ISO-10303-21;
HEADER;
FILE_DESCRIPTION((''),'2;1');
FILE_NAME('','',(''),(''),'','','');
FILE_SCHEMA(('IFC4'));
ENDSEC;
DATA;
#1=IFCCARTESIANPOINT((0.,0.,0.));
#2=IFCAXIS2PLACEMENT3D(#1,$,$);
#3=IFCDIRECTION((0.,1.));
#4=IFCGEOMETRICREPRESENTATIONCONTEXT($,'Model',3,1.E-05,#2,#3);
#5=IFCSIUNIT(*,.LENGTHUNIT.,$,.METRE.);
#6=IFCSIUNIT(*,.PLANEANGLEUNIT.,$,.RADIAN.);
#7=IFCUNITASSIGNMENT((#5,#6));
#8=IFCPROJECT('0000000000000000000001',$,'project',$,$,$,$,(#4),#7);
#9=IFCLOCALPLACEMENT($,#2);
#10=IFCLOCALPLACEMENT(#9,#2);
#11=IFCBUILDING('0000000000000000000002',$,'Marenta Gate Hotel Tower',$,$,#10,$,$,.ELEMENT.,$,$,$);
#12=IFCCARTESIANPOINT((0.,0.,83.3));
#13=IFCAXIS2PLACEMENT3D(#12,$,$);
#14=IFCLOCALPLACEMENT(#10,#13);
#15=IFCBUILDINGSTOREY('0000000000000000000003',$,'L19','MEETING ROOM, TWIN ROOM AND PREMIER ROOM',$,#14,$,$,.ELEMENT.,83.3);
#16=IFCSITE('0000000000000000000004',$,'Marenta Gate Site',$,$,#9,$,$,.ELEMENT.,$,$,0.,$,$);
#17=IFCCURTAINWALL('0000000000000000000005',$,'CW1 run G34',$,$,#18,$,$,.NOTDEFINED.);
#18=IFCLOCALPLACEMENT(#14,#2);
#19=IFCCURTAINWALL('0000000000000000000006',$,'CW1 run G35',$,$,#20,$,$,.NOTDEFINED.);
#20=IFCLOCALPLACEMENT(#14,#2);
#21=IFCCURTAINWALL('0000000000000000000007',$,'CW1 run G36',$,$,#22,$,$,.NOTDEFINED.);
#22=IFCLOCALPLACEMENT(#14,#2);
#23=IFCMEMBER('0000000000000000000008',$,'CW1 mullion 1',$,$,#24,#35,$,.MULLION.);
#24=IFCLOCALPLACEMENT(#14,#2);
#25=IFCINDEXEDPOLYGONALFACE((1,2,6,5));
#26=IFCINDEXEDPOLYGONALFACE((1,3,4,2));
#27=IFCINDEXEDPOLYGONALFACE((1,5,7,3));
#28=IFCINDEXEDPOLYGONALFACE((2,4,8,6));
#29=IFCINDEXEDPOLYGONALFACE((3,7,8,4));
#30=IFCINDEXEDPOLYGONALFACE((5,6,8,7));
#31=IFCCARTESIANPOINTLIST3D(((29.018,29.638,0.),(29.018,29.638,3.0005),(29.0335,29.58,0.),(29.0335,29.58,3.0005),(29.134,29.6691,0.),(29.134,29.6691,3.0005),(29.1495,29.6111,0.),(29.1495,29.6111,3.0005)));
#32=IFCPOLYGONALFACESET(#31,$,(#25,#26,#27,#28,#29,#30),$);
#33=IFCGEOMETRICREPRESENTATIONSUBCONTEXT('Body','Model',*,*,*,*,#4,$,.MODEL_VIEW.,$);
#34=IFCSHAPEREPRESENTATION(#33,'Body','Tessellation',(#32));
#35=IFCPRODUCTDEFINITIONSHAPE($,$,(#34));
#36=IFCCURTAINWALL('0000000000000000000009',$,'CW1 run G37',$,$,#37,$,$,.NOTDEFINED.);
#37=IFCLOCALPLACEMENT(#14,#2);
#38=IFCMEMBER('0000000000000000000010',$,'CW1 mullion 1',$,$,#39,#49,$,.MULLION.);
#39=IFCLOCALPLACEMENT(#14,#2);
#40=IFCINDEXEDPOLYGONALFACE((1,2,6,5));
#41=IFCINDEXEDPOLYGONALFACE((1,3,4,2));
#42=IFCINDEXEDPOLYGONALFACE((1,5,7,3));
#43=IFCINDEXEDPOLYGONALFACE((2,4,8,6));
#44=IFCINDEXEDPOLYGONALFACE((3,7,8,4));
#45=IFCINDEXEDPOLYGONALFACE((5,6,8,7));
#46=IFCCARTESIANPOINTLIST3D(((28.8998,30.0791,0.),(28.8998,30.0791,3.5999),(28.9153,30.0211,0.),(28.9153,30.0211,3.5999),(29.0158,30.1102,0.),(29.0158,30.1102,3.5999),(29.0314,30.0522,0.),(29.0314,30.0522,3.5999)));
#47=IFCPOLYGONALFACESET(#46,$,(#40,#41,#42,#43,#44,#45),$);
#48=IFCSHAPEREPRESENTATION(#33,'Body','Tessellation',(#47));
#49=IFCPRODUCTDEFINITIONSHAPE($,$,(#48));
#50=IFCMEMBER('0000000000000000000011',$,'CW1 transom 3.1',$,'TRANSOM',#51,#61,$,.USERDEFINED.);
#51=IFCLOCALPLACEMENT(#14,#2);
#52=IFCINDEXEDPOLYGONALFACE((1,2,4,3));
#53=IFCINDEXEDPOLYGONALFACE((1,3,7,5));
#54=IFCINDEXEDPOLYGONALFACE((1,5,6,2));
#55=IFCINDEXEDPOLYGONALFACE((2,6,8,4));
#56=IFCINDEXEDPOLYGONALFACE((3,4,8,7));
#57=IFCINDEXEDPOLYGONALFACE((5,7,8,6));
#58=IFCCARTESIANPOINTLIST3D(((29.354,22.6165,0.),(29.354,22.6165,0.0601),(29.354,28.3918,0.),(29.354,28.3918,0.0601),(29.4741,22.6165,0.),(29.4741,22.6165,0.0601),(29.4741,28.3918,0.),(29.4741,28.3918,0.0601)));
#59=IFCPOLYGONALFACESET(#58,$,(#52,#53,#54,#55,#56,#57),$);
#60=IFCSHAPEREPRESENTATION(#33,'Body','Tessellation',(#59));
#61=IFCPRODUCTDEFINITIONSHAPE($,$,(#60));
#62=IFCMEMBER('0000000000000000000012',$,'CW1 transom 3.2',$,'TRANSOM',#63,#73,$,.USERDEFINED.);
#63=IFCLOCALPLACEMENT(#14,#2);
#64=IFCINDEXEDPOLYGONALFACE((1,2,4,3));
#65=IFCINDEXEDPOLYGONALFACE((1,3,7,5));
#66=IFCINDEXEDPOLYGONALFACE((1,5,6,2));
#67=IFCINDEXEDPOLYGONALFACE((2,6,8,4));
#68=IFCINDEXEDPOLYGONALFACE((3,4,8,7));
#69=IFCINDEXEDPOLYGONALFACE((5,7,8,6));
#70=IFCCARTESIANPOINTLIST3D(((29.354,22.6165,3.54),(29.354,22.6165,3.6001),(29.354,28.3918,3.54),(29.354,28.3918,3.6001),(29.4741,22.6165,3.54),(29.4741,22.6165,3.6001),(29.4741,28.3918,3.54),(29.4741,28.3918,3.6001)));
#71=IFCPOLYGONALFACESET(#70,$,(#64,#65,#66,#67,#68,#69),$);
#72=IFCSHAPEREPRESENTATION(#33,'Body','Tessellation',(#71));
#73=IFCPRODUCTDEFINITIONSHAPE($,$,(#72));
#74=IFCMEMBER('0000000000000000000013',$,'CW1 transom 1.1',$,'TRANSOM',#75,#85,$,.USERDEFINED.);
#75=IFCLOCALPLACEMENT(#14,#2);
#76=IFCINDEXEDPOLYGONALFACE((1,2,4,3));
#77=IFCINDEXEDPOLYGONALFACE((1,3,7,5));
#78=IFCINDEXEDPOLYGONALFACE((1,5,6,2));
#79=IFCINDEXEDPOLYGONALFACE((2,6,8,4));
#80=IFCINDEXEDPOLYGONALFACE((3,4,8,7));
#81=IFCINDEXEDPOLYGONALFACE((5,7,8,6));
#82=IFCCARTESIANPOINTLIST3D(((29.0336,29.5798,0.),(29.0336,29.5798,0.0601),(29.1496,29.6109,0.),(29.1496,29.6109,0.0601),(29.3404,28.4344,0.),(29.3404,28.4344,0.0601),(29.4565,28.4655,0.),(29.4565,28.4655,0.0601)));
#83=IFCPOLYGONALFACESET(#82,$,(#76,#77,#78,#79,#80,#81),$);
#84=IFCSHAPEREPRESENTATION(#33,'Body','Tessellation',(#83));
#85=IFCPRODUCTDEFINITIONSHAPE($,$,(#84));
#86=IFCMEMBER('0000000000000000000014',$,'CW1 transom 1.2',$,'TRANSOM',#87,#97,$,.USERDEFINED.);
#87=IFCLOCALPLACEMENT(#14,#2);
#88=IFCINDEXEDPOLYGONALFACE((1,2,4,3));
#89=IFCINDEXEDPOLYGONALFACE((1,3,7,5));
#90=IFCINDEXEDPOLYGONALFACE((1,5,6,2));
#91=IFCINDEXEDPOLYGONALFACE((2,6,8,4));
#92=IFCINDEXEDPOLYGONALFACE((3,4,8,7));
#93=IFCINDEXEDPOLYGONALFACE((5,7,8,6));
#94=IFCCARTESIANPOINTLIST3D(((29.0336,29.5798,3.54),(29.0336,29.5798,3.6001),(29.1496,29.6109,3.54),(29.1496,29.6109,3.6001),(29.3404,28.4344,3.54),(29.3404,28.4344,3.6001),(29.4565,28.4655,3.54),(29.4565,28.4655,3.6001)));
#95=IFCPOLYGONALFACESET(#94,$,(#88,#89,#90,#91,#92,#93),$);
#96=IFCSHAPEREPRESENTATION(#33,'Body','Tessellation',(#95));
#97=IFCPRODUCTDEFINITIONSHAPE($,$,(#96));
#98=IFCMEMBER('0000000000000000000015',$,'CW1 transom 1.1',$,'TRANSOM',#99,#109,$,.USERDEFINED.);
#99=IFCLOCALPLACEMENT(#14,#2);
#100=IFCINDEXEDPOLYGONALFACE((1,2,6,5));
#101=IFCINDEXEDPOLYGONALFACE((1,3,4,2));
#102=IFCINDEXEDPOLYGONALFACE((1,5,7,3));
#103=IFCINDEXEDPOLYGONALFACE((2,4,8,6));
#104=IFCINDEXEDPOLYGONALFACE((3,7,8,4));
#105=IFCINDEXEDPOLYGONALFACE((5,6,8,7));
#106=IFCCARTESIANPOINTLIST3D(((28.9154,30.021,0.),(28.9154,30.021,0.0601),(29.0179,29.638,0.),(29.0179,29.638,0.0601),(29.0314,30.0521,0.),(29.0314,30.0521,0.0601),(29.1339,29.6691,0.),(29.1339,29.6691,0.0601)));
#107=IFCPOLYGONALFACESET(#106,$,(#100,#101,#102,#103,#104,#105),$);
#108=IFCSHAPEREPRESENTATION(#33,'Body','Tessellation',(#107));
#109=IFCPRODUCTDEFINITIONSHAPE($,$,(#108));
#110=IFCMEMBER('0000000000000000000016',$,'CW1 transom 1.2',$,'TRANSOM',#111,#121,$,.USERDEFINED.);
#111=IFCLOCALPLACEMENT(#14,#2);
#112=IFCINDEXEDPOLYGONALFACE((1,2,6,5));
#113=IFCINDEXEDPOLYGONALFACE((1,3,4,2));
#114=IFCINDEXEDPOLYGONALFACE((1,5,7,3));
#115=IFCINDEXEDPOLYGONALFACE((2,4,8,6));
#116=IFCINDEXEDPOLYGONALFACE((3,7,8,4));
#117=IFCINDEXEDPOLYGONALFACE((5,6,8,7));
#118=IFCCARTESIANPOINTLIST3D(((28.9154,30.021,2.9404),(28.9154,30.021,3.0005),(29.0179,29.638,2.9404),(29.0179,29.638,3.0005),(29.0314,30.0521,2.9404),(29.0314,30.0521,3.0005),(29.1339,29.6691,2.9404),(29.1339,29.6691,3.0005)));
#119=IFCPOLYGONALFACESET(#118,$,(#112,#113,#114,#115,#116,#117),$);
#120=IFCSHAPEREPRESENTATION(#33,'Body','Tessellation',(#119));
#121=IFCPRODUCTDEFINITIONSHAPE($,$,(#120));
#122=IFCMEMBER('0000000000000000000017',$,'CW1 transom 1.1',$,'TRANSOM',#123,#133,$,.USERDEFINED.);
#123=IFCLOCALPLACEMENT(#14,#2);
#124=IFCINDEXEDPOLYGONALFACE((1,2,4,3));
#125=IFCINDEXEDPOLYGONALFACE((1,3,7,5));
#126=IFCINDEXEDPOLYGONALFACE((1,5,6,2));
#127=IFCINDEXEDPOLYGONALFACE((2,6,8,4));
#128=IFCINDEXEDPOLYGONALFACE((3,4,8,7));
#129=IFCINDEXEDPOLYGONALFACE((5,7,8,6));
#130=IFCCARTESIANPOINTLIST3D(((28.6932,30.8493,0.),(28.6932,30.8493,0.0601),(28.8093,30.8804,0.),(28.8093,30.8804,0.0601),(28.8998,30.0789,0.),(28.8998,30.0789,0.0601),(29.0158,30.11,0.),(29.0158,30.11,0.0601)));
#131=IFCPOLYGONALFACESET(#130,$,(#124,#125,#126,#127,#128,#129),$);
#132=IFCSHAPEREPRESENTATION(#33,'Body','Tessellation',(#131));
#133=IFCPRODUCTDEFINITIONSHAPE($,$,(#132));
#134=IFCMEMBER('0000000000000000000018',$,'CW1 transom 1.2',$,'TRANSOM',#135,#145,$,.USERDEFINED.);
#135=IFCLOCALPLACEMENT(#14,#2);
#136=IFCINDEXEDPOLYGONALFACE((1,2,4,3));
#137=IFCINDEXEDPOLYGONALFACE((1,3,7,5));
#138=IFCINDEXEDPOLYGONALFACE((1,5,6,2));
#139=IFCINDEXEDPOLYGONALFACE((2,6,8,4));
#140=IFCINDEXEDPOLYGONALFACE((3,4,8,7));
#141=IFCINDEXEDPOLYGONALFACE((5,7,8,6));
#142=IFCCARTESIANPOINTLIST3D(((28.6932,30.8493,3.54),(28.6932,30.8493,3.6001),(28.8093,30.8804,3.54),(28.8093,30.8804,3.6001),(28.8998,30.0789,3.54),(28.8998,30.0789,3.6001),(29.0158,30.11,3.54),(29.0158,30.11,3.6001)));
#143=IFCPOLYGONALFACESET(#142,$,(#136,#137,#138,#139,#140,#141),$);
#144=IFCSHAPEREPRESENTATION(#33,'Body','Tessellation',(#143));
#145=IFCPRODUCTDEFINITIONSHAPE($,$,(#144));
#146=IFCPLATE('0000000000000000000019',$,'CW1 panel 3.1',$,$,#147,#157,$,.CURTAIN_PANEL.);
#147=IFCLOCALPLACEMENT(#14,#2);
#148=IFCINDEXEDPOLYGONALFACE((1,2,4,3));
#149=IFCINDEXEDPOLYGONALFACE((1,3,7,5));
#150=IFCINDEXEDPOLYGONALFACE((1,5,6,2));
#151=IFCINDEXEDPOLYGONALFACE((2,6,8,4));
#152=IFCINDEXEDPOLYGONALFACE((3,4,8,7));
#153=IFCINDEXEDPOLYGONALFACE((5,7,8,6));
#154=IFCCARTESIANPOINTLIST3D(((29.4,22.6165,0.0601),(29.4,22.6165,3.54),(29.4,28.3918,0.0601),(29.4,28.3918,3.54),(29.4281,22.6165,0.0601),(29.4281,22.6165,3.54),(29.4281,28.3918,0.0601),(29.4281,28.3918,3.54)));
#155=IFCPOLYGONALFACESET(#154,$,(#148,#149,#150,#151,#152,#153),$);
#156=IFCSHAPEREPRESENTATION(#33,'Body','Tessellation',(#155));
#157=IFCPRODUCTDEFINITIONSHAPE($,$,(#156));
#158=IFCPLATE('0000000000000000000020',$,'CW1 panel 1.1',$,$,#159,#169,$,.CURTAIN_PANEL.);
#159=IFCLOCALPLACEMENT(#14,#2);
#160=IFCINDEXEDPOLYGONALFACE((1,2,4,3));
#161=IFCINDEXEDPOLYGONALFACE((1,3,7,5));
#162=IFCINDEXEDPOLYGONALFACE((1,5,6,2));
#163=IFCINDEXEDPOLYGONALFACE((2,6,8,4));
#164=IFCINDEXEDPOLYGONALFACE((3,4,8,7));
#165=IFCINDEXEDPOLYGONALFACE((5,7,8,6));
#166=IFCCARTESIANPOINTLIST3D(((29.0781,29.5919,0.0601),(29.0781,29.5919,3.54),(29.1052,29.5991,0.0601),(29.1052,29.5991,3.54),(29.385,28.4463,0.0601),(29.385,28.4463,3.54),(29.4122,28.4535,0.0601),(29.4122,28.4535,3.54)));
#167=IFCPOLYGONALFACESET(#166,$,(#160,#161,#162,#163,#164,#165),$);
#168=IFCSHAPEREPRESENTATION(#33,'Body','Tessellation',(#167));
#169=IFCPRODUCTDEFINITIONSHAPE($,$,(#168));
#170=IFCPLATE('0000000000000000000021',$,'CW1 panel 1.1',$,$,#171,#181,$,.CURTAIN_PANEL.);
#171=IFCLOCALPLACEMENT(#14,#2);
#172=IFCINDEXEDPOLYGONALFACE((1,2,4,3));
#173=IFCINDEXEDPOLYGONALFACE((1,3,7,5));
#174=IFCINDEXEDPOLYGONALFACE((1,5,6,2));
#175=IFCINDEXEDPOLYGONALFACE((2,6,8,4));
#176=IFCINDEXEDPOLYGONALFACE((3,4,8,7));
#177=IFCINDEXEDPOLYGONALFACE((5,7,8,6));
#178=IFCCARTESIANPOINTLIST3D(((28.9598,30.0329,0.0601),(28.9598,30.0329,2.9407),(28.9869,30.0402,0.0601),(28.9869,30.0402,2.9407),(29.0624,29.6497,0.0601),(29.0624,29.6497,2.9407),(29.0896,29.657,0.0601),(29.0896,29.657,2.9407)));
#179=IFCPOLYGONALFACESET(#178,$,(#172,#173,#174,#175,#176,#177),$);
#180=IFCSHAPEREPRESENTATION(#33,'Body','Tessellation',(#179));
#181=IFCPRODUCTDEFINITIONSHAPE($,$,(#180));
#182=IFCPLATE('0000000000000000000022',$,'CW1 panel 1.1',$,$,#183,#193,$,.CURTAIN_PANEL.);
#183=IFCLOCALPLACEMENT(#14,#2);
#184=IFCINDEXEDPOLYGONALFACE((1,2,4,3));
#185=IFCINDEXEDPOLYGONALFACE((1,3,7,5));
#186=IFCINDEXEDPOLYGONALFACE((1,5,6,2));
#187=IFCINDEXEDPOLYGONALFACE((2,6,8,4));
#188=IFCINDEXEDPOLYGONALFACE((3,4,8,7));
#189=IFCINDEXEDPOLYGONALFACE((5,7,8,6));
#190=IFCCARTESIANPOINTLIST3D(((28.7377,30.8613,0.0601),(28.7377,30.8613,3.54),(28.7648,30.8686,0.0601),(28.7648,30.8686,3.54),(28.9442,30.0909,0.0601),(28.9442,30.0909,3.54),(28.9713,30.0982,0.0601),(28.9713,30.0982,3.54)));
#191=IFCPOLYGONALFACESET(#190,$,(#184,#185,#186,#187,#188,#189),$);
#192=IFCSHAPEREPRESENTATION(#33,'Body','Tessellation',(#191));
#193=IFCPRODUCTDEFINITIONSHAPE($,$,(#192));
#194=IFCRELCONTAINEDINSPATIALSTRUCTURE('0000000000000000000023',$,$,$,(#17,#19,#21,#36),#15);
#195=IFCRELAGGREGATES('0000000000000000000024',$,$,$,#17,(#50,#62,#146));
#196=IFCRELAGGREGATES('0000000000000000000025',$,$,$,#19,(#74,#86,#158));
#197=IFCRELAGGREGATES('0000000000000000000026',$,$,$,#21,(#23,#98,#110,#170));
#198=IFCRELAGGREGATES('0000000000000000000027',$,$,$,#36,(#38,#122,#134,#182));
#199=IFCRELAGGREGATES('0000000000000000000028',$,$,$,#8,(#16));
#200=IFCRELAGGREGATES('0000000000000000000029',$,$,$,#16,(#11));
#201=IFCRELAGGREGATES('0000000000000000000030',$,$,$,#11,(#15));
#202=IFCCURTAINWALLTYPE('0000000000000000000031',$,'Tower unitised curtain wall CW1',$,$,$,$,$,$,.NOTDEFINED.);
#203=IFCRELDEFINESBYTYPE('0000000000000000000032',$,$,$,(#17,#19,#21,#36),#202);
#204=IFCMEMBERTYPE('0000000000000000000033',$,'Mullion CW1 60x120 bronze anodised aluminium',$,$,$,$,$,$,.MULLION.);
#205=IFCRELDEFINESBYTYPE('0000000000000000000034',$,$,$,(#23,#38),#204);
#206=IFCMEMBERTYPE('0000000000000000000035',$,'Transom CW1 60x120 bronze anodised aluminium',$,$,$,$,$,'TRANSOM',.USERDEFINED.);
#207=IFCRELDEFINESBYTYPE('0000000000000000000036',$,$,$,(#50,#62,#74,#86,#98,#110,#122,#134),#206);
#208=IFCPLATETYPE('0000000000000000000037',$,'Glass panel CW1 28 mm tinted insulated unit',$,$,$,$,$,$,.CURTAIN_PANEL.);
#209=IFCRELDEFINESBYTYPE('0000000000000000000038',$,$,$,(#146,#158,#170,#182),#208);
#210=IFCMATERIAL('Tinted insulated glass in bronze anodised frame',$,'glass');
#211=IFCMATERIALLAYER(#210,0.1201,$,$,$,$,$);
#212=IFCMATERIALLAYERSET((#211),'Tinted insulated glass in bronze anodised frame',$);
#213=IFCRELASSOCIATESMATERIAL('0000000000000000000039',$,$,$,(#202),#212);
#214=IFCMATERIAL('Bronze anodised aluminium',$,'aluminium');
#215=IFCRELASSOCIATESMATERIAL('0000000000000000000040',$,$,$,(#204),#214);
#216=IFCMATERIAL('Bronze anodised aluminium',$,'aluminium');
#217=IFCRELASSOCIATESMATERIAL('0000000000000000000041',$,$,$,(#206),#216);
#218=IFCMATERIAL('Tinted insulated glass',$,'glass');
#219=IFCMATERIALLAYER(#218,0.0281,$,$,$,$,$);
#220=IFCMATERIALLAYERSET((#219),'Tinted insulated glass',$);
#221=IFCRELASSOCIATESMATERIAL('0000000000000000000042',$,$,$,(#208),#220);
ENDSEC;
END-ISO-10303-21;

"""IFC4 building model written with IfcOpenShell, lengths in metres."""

from ifc_helpers import new_model, si_unit, direction, frame, origin, origin_2d, place, context, subcontext, project, spatial, rectangle, extrude, material, layer, layer_set, material_profile, profile_set, type_object, element, aggregate, save


model = new_model("IFC4")

# Units and contexts
model_context = context("Model", 3, precision=1e-05, world=origin(), true_north=direction((0.0, 1.0)))
body_context = subcontext(model_context, "Body", "Model", "MODEL_VIEW")
ifc_project = project(units=[si_unit("LENGTHUNIT", "METRE"), si_unit("PLANEANGLEUNIT", "RADIAN")], contexts=[model_context])

# Site, building, storey
site_placement = place(None, origin())
site = spatial("IfcSite", under=ifc_project, at=site_placement, Name="Marenta Gate Site", CompositionType="ELEMENT", RefElevation=0.0)
building_placement = place(site_placement, origin())
building = spatial("IfcBuilding", under=site, at=building_placement, Name="Marenta Gate Hotel Tower", CompositionType="ELEMENT")
storey_placement = place(building_placement, frame((0.0, 0.0, 83.3)))
storey = spatial("IfcBuildingStorey", under=building, at=storey_placement, Name="L19", Description="MEETING ROOM, TWIN ROOM AND PREMIER ROOM", CompositionType="ELEMENT", Elevation=83.3)

# Curtain walls, members
ifc_material_1 = material(Name="Tinted insulated glass in bronze anodised frame", Category="glass")
ifc_layer_1 = layer(ifc_material_1, 0.1201)
ifc_layer_set_1 = layer_set([ifc_layer_1], Name="Tinted insulated glass in bronze anodised frame")
curtain_wall_type = type_object("IfcCurtainWallType", Name="Tower unitised curtain wall CW1", PredefinedType="NOTDEFINED", material=ifc_layer_set_1)
curtain_wall_1_placement = place(storey_placement, origin())
curtain_wall_1 = element("IfcCurtainWall", 1, at=curtain_wall_1_placement, inside=storey, type_object=curtain_wall_type, Name="CW1 run G34", PredefinedType="NOTDEFINED")
ifc_material_2 = material(Name="Bronze anodised aluminium", Category="aluminium")
ifc_material_profile_1 = material_profile(ifc_material_2, rectangle(XDim=0.1201, YDim=0.0601, at=origin_2d()), Name="Mullion CW1 60x120 bronze anodised aluminium")
ifc_profile_set_1 = profile_set([ifc_material_profile_1], Name="Bronze anodised aluminium")
member_type_1 = type_object("IfcMemberType", Name="Mullion CW1 60x120 bronze anodised aluminium", PredefinedType="MULLION", material=ifc_profile_set_1)
curtain_wall_2_placement = place(storey_placement, origin())
curtain_wall_2 = element("IfcCurtainWall", 2, at=curtain_wall_2_placement, inside=storey, type_object=curtain_wall_type, Name="CW1 run G35", PredefinedType="NOTDEFINED")
curtain_wall_3_placement = place(storey_placement, origin())
curtain_wall_3 = element("IfcCurtainWall", 3, at=curtain_wall_3_placement, inside=storey, type_object=curtain_wall_type, Name="CW1 run G36", PredefinedType="NOTDEFINED")
member_1_placement = place(storey_placement, frame((29.0837, 29.6245, 0.0), z_axis=(0.0, 0.0, 1.0), x_axis=(-0.965922, -0.258835, 0.0)))
member_1 = element("IfcMember", 4, at=member_1_placement, type_object=member_type_1, Name="CW1 mullion 1", PredefinedType="MULLION", context=body_context, shape_type="SweptSolid", body=[
    extrude(rectangle(XDim=0.1201, YDim=0.0601, at=origin_2d()), origin(), (0.0, 0.0, 1.0), 3.0005),
])
curtain_wall_4_placement = place(storey_placement, origin())
curtain_wall_4 = element("IfcCurtainWall", 5, at=curtain_wall_4_placement, inside=storey, type_object=curtain_wall_type, Name="CW1 run G37", PredefinedType="NOTDEFINED")
member_2_placement = place(storey_placement, frame((28.9656, 30.0657, 0.0), z_axis=(0.0, 0.0, 1.0), x_axis=(-0.965925, -0.258823, 0.0)))
member_2 = element("IfcMember", 6, at=member_2_placement, type_object=member_type_1, Name="CW1 mullion 1", PredefinedType="MULLION", context=body_context, shape_type="SweptSolid", body=[
    extrude(rectangle(XDim=0.1201, YDim=0.0601, at=origin_2d()), origin(), (0.0, 0.0, 1.0), 3.5999),
])

# Members
ifc_material_3 = material(Name="Bronze anodised aluminium", Category="aluminium")
ifc_material_profile_2 = material_profile(ifc_material_3, rectangle(XDim=0.1201, YDim=0.0601, at=origin_2d()), Name="Transom CW1 60x120 bronze anodised aluminium")
ifc_profile_set_2 = profile_set([ifc_material_profile_2], Name="Bronze anodised aluminium")
member_type_2 = type_object("IfcMemberType", Name="Transom CW1 60x120 bronze anodised aluminium", ElementType="TRANSOM", PredefinedType="USERDEFINED", material=ifc_profile_set_2)
member_3_placement = place(storey_placement, frame((29.4141, 22.6165, 0.03), z_axis=(0.0, 1.0, 0.0), x_axis=(-1.0, 0.0, 0.0)))
member_3 = element("IfcMember", 7, at=member_3_placement, type_object=member_type_2, Name="CW1 transom 3.1", ObjectType="TRANSOM", PredefinedType="USERDEFINED", context=body_context, shape_type="SweptSolid", body=[
    extrude(rectangle(XDim=0.1201, YDim=0.0601, at=origin_2d()), origin(), (0.0, 0.0, 1.0), 5.7754),
])
member_4_placement = place(storey_placement, frame((29.4141, 22.6165, 3.5701), z_axis=(0.0, 1.0, 0.0), x_axis=(-1.0, 0.0, 0.0)))
member_4 = element("IfcMember", 8, at=member_4_placement, type_object=member_type_2, Name="CW1 transom 3.2", ObjectType="TRANSOM", PredefinedType="USERDEFINED", context=body_context, shape_type="SweptSolid", body=[
    extrude(rectangle(XDim=0.1201, YDim=0.0601, at=origin_2d()), origin(), (0.0, 0.0, 1.0), 5.7754),
])
member_5_placement = place(storey_placement, frame((29.3984, 28.45, 0.03), z_axis=(-0.258777, 0.965937, 0.0), x_axis=(-0.965937, -0.258777, 0.0)))
member_5 = element("IfcMember", 9, at=member_5_placement, type_object=member_type_2, Name="CW1 transom 1.1", ObjectType="TRANSOM", PredefinedType="USERDEFINED", context=body_context, shape_type="SweptSolid", body=[
    extrude(rectangle(XDim=0.1201, YDim=0.0601, at=origin_2d()), origin(), (0.0, 0.0, 1.0), 1.1858),
])
member_6_placement = place(storey_placement, frame((29.3984, 28.45, 3.5701), z_axis=(-0.258777, 0.965937, 0.0), x_axis=(-0.965937, -0.258777, 0.0)))
member_6 = element("IfcMember", 10, at=member_6_placement, type_object=member_type_2, Name="CW1 transom 1.2", ObjectType="TRANSOM", PredefinedType="USERDEFINED", context=body_context, shape_type="SweptSolid", body=[
    extrude(rectangle(XDim=0.1201, YDim=0.0601, at=origin_2d()), origin(), (0.0, 0.0, 1.0), 1.1858),
])
member_7_placement = place(storey_placement, frame((29.0759, 29.6536, 0.03), z_axis=(-0.258582, 0.965989, 0.0), x_axis=(-0.965989, -0.258582, 0.0)))
member_7 = element("IfcMember", 11, at=member_7_placement, type_object=member_type_2, Name="CW1 transom 1.1", ObjectType="TRANSOM", PredefinedType="USERDEFINED", context=body_context, shape_type="SweptSolid", body=[
    extrude(rectangle(XDim=0.1201, YDim=0.0601, at=origin_2d()), origin(), (0.0, 0.0, 1.0), 0.3965),
])
member_8_placement = place(storey_placement, frame((29.0759, 29.6536, 2.9705), z_axis=(-0.258582, 0.965989, 0.0), x_axis=(-0.965989, -0.258582, 0.0)))
member_8 = element("IfcMember", 12, at=member_8_placement, type_object=member_type_2, Name="CW1 transom 1.2", ObjectType="TRANSOM", PredefinedType="USERDEFINED", context=body_context, shape_type="SweptSolid", body=[
    extrude(rectangle(XDim=0.1201, YDim=0.0601, at=origin_2d()), origin(), (0.0, 0.0, 1.0), 0.3965),
])
member_9_placement = place(storey_placement, frame((28.9578, 30.0945, 0.03), z_axis=(-0.25892, 0.965899, 0.0), x_axis=(-0.965899, -0.25892, 0.0)))
member_9 = element("IfcMember", 13, at=member_9_placement, type_object=member_type_2, Name="CW1 transom 1.1", ObjectType="TRANSOM", PredefinedType="USERDEFINED", context=body_context, shape_type="SweptSolid", body=[
    extrude(rectangle(XDim=0.1201, YDim=0.0601, at=origin_2d()), origin(), (0.0, 0.0, 1.0), 0.7976),
])
member_10_placement = place(storey_placement, frame((28.9578, 30.0945, 3.5701), z_axis=(-0.25892, 0.965899, 0.0), x_axis=(-0.965899, -0.25892, 0.0)))
member_10 = element("IfcMember", 14, at=member_10_placement, type_object=member_type_2, Name="CW1 transom 1.2", ObjectType="TRANSOM", PredefinedType="USERDEFINED", context=body_context, shape_type="SweptSolid", body=[
    extrude(rectangle(XDim=0.1201, YDim=0.0601, at=origin_2d()), origin(), (0.0, 0.0, 1.0), 0.7976),
])

# Plates
ifc_material_4 = material(Name="Tinted insulated glass", Category="glass")
ifc_layer_2 = layer(ifc_material_4, 0.0281)
ifc_layer_set_2 = layer_set([ifc_layer_2], Name="Tinted insulated glass")
plate_type = type_object("IfcPlateType", Name="Glass panel CW1 28 mm tinted insulated unit", PredefinedType="CURTAIN_PANEL", material=ifc_layer_set_2)
plate_1_placement = place(storey_placement, frame((29.4141, 25.5042, 0.0601), z_axis=(0.0, 0.0, 1.0), x_axis=(0.0, 1.0, 0.0)))
plate_1 = element("IfcPlate", 15, at=plate_1_placement, type_object=plate_type, Name="CW1 panel 3.1", PredefinedType="CURTAIN_PANEL", context=body_context, shape_type="SweptSolid", body=[
    extrude(rectangle(XDim=5.7754, YDim=0.0281, at=origin_2d()), origin(), (0.0, 0.0, 1.0), 3.48),
])
aggregate(curtain_wall_1, [member_3, member_4, plate_1])
plate_2_placement = place(storey_placement, frame((29.2451, 29.0227, 0.0601), z_axis=(0.0, 0.0, 1.0), x_axis=(-0.258816, 0.965927, 0.0)))
plate_2 = element("IfcPlate", 16, at=plate_2_placement, type_object=plate_type, Name="CW1 panel 1.1", PredefinedType="CURTAIN_PANEL", context=body_context, shape_type="SweptSolid", body=[
    extrude(rectangle(XDim=1.186, YDim=0.0281, at=origin_2d()), origin(), (0.0, 0.0, 1.0), 3.48),
])
aggregate(curtain_wall_2, [member_5, member_6, plate_2])
plate_3_placement = place(storey_placement, frame((29.0247, 29.845, 0.0601), z_axis=(0.0, 0.0, 1.0), x_axis=(-0.258835, 0.965922, 0.0)))
plate_3 = element("IfcPlate", 17, at=plate_3_placement, type_object=plate_type, Name="CW1 panel 1.1", PredefinedType="CURTAIN_PANEL", context=body_context, shape_type="SweptSolid", body=[
    extrude(rectangle(XDim=0.3967, YDim=0.0281, at=origin_2d()), origin(), (0.0, 0.0, 1.0), 2.8806),
])
aggregate(curtain_wall_3, [member_1, member_7, member_8, plate_3])
plate_4_placement = place(storey_placement, frame((28.8545, 30.4797, 0.0601), z_axis=(0.0, 0.0, 1.0), x_axis=(-0.258823, 0.965925, 0.0)))
plate_4 = element("IfcPlate", 18, at=plate_4_placement, type_object=plate_type, Name="CW1 panel 1.1", PredefinedType="CURTAIN_PANEL", context=body_context, shape_type="SweptSolid", body=[
    extrude(rectangle(XDim=0.7976, YDim=0.0281, at=origin_2d()), origin(), (0.0, 0.0, 1.0), 3.48),
])
aggregate(curtain_wall_4, [member_2, member_9, member_10, plate_4])

save(model, "model.ifc")
